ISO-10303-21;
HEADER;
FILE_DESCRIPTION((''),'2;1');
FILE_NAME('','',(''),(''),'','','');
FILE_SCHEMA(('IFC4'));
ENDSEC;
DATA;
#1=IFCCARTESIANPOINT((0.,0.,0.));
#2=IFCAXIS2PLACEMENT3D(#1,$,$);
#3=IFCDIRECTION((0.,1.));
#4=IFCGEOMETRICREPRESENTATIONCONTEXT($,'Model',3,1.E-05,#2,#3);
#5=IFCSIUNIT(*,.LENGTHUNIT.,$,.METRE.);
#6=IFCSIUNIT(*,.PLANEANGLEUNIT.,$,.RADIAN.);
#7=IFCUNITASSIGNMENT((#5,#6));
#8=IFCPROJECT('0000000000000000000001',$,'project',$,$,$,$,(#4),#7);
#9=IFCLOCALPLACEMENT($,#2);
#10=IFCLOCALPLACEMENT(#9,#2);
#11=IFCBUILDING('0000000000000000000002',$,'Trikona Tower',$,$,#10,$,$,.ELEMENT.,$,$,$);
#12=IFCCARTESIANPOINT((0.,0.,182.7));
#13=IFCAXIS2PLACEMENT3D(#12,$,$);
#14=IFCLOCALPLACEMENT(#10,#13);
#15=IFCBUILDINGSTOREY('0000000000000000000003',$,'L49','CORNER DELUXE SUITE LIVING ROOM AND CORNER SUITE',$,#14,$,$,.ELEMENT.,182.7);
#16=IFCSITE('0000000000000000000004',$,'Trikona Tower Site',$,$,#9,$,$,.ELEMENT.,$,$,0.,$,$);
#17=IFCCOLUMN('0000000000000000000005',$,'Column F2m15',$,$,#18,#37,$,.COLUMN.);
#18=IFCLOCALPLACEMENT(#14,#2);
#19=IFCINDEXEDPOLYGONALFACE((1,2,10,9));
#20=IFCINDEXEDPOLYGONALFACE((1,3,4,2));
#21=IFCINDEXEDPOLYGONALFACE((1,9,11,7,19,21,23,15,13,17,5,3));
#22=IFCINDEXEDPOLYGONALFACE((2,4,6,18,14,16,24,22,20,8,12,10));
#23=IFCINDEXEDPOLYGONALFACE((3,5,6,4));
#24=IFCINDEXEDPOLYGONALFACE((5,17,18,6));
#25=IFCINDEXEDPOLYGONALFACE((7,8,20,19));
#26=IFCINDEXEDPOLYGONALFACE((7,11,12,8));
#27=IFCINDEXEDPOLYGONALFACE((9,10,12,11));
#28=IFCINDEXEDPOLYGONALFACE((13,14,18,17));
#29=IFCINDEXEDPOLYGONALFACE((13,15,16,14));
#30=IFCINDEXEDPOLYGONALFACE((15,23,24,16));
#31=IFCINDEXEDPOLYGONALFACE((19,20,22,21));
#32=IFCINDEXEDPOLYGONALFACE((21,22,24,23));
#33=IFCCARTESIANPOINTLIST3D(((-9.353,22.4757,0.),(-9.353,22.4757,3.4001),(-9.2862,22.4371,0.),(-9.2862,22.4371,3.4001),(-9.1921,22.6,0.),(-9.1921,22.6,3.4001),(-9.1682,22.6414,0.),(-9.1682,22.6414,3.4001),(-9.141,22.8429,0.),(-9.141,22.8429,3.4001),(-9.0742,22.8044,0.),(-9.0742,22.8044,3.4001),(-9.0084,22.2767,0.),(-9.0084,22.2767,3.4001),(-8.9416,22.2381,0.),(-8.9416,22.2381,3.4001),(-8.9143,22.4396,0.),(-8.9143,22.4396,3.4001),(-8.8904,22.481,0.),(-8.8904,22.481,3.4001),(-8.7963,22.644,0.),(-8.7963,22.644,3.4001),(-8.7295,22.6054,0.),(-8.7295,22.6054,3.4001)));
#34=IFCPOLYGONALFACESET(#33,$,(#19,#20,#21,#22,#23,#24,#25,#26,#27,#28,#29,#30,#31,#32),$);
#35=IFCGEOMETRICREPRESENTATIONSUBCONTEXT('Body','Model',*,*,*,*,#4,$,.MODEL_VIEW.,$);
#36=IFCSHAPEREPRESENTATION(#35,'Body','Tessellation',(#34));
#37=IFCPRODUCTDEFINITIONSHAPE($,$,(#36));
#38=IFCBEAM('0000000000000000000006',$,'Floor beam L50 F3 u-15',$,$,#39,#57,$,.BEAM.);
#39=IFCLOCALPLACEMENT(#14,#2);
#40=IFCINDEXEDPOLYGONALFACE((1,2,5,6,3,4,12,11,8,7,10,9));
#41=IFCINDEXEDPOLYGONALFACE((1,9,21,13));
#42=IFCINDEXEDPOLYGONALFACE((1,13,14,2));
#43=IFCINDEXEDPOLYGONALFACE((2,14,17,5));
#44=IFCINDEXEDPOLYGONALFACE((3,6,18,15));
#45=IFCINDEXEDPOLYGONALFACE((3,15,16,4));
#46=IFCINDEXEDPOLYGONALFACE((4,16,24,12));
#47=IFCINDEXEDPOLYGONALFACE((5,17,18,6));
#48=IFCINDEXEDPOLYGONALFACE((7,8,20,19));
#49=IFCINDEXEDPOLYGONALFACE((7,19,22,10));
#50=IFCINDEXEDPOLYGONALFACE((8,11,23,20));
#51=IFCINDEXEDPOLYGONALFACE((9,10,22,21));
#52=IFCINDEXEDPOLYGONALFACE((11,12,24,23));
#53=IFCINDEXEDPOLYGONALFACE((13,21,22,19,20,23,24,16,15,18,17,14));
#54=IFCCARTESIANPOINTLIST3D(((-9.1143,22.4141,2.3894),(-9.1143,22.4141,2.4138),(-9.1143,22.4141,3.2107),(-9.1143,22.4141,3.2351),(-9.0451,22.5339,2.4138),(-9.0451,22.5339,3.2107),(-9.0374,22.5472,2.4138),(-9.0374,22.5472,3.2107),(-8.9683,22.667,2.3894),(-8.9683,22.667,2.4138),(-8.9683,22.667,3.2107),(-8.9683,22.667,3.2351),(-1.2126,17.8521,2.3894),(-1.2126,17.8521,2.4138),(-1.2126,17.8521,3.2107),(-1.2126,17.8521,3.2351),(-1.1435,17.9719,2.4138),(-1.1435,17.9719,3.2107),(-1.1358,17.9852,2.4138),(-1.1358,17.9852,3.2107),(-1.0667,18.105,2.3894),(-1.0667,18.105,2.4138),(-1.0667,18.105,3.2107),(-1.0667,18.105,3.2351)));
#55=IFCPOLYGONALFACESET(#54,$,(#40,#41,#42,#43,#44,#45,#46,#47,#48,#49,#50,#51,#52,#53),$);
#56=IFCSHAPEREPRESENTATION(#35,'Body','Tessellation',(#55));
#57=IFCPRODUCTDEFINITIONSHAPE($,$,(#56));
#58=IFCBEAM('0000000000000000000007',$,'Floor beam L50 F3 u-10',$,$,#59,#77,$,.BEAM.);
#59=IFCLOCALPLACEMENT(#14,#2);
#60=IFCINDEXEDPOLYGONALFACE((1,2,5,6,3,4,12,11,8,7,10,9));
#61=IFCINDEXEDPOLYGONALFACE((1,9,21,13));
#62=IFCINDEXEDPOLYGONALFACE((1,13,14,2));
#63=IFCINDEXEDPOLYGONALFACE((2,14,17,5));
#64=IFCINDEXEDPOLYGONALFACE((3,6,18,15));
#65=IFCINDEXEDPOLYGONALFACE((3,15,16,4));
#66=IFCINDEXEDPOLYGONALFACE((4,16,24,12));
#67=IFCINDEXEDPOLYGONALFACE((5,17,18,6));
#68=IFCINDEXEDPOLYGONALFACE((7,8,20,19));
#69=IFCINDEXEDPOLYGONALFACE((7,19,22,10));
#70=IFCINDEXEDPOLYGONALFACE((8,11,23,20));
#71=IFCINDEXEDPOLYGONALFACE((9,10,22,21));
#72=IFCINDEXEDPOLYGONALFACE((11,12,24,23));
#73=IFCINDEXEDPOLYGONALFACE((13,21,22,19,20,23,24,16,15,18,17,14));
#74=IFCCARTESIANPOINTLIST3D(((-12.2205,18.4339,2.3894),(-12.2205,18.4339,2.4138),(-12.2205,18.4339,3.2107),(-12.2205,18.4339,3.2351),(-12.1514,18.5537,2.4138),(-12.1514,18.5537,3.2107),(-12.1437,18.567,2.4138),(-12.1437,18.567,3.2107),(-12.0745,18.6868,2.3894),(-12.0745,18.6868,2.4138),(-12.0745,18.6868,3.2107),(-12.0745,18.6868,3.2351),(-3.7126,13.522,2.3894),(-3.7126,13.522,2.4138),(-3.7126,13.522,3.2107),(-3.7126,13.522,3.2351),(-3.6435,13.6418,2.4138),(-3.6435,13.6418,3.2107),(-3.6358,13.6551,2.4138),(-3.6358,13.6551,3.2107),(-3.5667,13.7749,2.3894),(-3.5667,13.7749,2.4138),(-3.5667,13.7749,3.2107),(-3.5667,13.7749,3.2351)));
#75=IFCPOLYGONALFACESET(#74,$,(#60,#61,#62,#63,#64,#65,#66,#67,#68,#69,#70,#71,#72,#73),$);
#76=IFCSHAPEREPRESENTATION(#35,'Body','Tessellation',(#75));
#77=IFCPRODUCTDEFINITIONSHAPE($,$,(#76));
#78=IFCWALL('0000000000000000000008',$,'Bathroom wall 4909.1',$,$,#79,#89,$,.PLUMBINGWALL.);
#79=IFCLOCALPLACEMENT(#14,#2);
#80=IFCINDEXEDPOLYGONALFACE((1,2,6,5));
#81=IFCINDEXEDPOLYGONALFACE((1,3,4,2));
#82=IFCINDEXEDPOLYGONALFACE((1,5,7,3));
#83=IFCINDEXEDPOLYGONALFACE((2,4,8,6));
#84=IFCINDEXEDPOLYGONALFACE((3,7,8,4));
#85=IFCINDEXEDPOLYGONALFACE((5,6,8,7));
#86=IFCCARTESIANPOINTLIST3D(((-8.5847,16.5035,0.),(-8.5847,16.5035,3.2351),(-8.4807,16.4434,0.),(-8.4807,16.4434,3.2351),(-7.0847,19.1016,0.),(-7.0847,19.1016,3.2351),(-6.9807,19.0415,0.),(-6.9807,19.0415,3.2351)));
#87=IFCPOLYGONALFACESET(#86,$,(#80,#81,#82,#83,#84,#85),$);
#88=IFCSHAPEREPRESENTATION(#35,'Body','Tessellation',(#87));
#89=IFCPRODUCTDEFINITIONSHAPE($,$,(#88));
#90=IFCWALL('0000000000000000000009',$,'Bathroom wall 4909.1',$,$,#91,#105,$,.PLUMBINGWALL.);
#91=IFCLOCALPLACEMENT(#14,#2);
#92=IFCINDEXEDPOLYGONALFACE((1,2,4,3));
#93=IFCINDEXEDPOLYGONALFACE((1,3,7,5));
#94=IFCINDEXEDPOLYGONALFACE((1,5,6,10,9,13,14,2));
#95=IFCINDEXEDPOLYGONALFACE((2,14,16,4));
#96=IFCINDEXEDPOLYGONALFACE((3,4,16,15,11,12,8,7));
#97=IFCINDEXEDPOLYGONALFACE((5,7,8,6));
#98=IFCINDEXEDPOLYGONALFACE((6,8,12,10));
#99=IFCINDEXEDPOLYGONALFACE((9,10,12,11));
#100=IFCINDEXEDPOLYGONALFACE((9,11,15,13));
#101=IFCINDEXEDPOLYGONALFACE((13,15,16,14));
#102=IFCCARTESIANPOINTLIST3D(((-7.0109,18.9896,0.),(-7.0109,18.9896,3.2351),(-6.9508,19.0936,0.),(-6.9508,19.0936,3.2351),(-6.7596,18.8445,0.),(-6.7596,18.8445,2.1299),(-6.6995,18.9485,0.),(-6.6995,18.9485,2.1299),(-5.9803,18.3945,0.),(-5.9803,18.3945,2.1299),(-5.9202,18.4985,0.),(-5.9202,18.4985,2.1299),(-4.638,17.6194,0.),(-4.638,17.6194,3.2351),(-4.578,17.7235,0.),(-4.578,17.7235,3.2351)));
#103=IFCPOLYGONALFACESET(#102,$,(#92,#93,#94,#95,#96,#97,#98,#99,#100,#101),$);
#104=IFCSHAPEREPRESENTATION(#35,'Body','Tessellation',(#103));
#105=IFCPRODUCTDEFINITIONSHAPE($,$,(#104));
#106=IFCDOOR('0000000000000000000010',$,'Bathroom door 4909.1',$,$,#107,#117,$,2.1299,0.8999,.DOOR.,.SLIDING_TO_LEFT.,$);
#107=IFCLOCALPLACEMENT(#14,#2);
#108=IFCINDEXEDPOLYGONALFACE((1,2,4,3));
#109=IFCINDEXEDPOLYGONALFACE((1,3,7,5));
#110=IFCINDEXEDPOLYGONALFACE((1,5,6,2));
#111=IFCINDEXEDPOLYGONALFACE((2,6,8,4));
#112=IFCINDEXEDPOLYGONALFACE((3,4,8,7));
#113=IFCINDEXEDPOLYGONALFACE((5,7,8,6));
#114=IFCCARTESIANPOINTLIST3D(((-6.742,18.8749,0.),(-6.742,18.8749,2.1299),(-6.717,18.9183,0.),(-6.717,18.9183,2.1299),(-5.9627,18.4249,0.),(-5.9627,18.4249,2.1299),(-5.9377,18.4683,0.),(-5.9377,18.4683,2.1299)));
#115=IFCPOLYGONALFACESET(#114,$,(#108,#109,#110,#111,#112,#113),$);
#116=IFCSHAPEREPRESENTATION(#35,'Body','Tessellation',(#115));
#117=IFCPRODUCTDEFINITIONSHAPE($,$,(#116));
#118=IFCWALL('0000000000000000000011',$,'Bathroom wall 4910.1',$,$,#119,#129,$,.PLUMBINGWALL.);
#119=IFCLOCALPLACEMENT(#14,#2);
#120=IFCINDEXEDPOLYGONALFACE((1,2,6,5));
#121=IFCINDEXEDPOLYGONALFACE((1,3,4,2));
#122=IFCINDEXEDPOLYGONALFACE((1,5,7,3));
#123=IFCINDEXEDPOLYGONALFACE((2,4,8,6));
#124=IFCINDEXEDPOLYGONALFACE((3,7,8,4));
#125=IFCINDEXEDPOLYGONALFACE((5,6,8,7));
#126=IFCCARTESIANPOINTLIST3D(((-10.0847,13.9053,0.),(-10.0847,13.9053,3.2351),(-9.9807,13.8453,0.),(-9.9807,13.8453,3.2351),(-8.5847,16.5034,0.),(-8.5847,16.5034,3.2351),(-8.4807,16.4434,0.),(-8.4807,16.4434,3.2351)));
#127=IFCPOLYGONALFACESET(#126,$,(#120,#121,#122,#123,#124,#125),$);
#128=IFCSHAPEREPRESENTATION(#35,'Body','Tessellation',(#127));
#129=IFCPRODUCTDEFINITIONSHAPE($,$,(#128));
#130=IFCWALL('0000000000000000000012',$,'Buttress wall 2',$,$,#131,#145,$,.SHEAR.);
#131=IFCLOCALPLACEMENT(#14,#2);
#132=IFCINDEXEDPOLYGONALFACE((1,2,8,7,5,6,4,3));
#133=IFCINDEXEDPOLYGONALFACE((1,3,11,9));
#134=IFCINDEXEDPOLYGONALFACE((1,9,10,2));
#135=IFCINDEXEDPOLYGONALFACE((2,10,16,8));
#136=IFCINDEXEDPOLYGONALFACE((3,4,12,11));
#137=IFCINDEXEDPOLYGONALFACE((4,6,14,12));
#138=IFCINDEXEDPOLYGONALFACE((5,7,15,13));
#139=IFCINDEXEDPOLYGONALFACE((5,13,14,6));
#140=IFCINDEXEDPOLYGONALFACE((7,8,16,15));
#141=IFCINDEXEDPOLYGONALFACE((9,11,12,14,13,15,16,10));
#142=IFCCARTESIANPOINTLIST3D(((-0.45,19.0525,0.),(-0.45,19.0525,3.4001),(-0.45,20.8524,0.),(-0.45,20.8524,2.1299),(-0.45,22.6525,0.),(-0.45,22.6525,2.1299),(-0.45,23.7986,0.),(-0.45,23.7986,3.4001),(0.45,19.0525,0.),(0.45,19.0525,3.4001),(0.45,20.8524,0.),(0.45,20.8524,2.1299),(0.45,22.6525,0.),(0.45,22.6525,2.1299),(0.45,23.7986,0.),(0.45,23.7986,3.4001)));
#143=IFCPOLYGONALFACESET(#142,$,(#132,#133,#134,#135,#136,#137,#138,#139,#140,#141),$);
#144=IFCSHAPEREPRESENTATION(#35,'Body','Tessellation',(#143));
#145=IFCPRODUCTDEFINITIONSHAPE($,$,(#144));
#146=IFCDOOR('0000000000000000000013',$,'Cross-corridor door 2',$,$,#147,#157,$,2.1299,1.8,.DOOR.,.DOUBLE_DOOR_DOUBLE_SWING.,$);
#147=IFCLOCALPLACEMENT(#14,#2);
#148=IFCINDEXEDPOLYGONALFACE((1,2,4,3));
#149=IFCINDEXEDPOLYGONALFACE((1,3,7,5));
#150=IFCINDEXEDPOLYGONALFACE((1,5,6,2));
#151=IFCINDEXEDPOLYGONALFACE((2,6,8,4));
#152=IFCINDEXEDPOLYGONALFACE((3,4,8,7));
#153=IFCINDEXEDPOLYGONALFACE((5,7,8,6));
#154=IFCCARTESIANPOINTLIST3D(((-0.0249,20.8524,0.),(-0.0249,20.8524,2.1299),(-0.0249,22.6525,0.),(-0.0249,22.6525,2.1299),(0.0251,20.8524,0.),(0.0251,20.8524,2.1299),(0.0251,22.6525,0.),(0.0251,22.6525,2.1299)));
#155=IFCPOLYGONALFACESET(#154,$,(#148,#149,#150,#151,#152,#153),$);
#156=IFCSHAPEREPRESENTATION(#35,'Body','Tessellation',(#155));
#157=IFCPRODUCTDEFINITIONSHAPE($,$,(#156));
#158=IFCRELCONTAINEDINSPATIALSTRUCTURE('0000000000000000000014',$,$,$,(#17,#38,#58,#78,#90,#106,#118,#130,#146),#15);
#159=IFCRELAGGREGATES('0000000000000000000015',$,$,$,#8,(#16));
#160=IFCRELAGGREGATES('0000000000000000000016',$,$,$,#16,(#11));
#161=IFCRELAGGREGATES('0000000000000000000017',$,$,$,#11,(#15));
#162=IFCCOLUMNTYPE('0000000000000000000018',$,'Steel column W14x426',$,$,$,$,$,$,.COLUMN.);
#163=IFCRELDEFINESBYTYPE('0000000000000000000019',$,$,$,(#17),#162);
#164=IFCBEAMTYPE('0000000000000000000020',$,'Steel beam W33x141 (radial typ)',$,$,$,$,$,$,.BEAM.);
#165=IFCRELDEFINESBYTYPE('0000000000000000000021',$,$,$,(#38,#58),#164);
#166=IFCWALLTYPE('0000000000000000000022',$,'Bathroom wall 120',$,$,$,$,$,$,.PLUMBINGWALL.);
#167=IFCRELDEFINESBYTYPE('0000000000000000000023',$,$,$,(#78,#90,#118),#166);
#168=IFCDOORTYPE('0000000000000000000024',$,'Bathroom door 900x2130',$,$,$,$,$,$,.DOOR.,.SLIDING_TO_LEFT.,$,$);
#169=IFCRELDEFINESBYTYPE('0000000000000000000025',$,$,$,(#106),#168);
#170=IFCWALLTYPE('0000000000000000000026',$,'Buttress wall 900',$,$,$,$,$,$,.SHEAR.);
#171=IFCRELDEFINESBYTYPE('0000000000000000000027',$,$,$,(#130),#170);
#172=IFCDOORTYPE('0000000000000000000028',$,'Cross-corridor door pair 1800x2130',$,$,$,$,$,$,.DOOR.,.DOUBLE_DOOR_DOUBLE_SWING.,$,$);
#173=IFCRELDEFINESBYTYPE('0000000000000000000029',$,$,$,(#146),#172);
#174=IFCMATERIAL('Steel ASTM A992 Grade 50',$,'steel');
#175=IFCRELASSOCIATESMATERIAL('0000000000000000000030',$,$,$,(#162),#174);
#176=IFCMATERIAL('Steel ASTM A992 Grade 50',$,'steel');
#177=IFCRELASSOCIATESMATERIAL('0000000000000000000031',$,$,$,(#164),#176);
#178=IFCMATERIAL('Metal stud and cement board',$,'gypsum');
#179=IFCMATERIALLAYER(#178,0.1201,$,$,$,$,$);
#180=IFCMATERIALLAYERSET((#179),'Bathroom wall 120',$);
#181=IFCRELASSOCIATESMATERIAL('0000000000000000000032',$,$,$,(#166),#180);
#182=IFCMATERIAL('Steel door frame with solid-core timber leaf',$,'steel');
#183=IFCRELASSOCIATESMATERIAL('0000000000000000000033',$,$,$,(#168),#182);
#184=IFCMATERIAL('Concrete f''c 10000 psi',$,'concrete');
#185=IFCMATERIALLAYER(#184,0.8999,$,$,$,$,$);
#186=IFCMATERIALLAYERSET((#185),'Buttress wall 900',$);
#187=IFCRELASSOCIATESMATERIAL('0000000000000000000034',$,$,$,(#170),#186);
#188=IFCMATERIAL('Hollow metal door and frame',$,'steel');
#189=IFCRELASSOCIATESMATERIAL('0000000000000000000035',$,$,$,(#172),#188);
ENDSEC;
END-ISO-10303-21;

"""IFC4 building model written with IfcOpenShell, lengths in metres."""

from ifc_helpers import new_model, si_unit, direction, frame, frame_2d, origin, origin_2d, place, context, subcontext, project, spatial, rectangle, i_section, extrude, material, layer, layer_set, material_profile, profile_set, type_object, element, fill, save


model = new_model("IFC4")

# Units and contexts
model_context = context("Model", 3, precision=1e-05, world=origin(), true_north=direction((0.0, 1.0)))
body_context = subcontext(model_context, "Body", "Model", "MODEL_VIEW")
ifc_project = project(units=[si_unit("LENGTHUNIT", "METRE"), si_unit("PLANEANGLEUNIT", "RADIAN")], contexts=[model_context])

# Site, building, storey
site_placement = place(None, origin())
site = spatial("IfcSite", under=ifc_project, at=site_placement, Name="Trikona Tower Site", CompositionType="ELEMENT", RefElevation=0.0)
building_placement = place(site_placement, origin())
building = spatial("IfcBuilding", under=site, at=building_placement, Name="Trikona Tower", CompositionType="ELEMENT")
storey_placement = place(building_placement, frame((0.0, 0.0, 182.7)))
storey = spatial("IfcBuildingStorey", under=building, at=storey_placement, Name="L49", Description="CORNER DELUXE SUITE LIVING ROOM AND CORNER SUITE", CompositionType="ELEMENT", Elevation=182.7)

# Column
ifc_material_1 = material(Name="Steel ASTM A992 Grade 50", Category="steel")
ifc_material_profile_1 = material_profile(ifc_material_1, i_section(OverallWidth=0.4241, OverallDepth=0.4751, WebThickness=0.0479, FlangeThickness=0.0771, at=origin_2d()), Name="W14X426")
ifc_profile_set_1 = profile_set([ifc_material_profile_1], Name="Steel ASTM A992 Grade 50")
column_type = type_object("IfcColumnType", Name="Steel column W14x426", PredefinedType="COLUMN", material=ifc_profile_set_1)
column_placement = place(storey_placement, frame((-9.0413, 22.5405, 0.0), z_axis=(0.0, 0.0, 1.0), x_axis=(-0.5, -0.866025, 0.0)))
element("IfcColumn", 1, at=column_placement, inside=storey, type_object=column_type, Name="Column F2m15", PredefinedType="COLUMN", context=body_context, shape_type="SweptSolid", body=[
    extrude(i_section(OverallWidth=0.4241, OverallDepth=0.4751, WebThickness=0.0479, FlangeThickness=0.0771, at=origin_2d()), origin(), (0.0, 0.0, 1.0), 3.4001),
])

# Beams
ifc_material_2 = material(Name="Steel ASTM A992 Grade 50", Category="steel")
ifc_material_profile_2 = material_profile(ifc_material_2, i_section(OverallWidth=0.292, OverallDepth=0.8457, WebThickness=0.0154, FlangeThickness=0.0244, at=origin_2d()), Name="W33X141")
ifc_profile_set_2 = profile_set([ifc_material_profile_2], Name="Steel ASTM A992 Grade 50")
beam_type = type_object("IfcBeamType", Name="Steel beam W33x141 (radial typ)", PredefinedType="BEAM", material=ifc_profile_set_2)
beam_1_placement = place(storey_placement, frame((-1.1396, 17.9785, 2.8123), z_axis=(-0.866025, 0.500001, 0.0), x_axis=(-0.500001, -0.866025, 0.0)))
element("IfcBeam", 2, at=beam_1_placement, inside=storey, type_object=beam_type, Name="Floor beam L50 F3 u-15", PredefinedType="BEAM", context=body_context, shape_type="SweptSolid", body=[
    extrude(i_section(OverallWidth=0.292, OverallDepth=0.8457, WebThickness=0.0154, FlangeThickness=0.0244, at=origin_2d()), origin(), (0.0, 0.0, 1.0), 9.124),
])
beam_2_placement = place(storey_placement, frame((-3.6396, 13.6484, 2.8123), z_axis=(-0.866031, 0.499991, 0.0), x_axis=(-0.499991, -0.866031, 0.0)))
element("IfcBeam", 3, at=beam_2_placement, inside=storey, type_object=beam_type, Name="Floor beam L50 F3 u-10", PredefinedType="BEAM", context=body_context, shape_type="SweptSolid", body=[
    extrude(i_section(OverallWidth=0.292, OverallDepth=0.8457, WebThickness=0.0154, FlangeThickness=0.0244, at=origin_2d()), origin(), (0.0, 0.0, 1.0), 9.824),
])

# Wall
ifc_material_3 = material(Name="Metal stud and cement board", Category="gypsum")
ifc_layer_1 = layer(ifc_material_3, 0.1201)
ifc_layer_set_1 = layer_set([ifc_layer_1], Name="Bathroom wall 120")
wall_type_1 = type_object("IfcWallType", Name="Bathroom wall 120", PredefinedType="PLUMBINGWALL", material=ifc_layer_set_1)
wall_1_placement = place(storey_placement, frame((-7.0327, 19.0715, 0.0), z_axis=(0.0, 0.0, 1.0), x_axis=(-0.49999, -0.866031, 0.0)))
element("IfcWall", 4, at=wall_1_placement, inside=storey, type_object=wall_type_1, Name="Bathroom wall 4909.1", PredefinedType="PLUMBINGWALL", context=body_context, shape_type="SweptSolid", body=[
    extrude(rectangle(XDim=3.0, YDim=0.1201, at=frame_2d((1.5, 0.0))), origin(), (0.0, 0.0, 1.0), 3.2351),
])

# Wall, opening, door
wall_2_placement = place(storey_placement, frame((-4.6079, 17.6714, 0.0), z_axis=(0.0, 0.0, 1.0), x_axis=(-0.865997, 0.500049, 0.0)))
wall_2 = element("IfcWall", 5, at=wall_2_placement, inside=storey, type_object=wall_type_1, Name="Bathroom wall 4909.1", PredefinedType="PLUMBINGWALL", context=body_context, shape_type="SweptSolid", body=[
    extrude(rectangle(XDim=2.74, YDim=0.1201, at=frame_2d((1.3701, 0.0))), origin(), (0.0, 0.0, 1.0), 3.2351),
])
opening_1_placement = place(wall_2_placement, frame((1.55, 0.0, 0.0)))
opening_1 = element("IfcOpeningElement", 6, at=opening_1_placement, cuts=wall_2, PredefinedType="OPENING", context=body_context, shape_type="SweptSolid", body=[
    extrude(rectangle(XDim=0.8999, YDim=2.1299, at=frame_2d((0.45, 1.0649))), frame((0.0, 0.0701, 0.0), z_axis=(0.0, -1.0, 0.0), x_axis=(1.0, 0.0, 0.0)), (0.0, 0.0, 1.0), 0.1401),
])
ifc_material_4 = material(Name="Steel door frame with solid-core timber leaf", Category="steel")
door_type_1 = type_object("IfcDoorType", Name="Bathroom door 900x2130", OperationType="SLIDING_TO_LEFT", PredefinedType="DOOR", material=ifc_material_4)
door_1_placement = place(opening_1_placement, origin())
door_1 = element("IfcDoor", 7, at=door_1_placement, inside=storey, type_object=door_type_1, Name="Bathroom door 4909.1", OperationType="SLIDING_TO_LEFT", OverallHeight=2.1299, OverallWidth=0.8999, PredefinedType="DOOR", context=body_context, shape_type="SweptSolid", body=[
    extrude(rectangle(XDim=0.8999, YDim=2.1299, at=frame_2d((0.45, 1.0649))), frame((0.0, 0.0249, 0.0), z_axis=(0.0, -1.0, 0.0), x_axis=(1.0, 0.0, 0.0)), (0.0, 0.0, 1.0), 0.05),
])
fill(opening_1, door_1)

# Wall
wall_3_placement = place(storey_placement, frame((-8.5327, 16.4734, 0.0), z_axis=(0.0, 0.0, 1.0), x_axis=(-0.49999, -0.866031, 0.0)))
element("IfcWall", 8, at=wall_3_placement, inside=storey, type_object=wall_type_1, Name="Bathroom wall 4910.1", PredefinedType="PLUMBINGWALL", context=body_context, shape_type="SweptSolid", body=[
    extrude(rectangle(XDim=3.0, YDim=0.1201, at=frame_2d((1.5, 0.0))), origin(), (0.0, 0.0, 1.0), 3.2351),
])

# Wall, opening, door
ifc_material_5 = material(Name="Concrete f'c 10000 psi", Category="concrete")
ifc_layer_2 = layer(ifc_material_5, 0.8999)
ifc_layer_set_2 = layer_set([ifc_layer_2], Name="Buttress wall 900")
wall_type_2 = type_object("IfcWallType", Name="Buttress wall 900", PredefinedType="SHEAR", material=ifc_layer_set_2)
wall_4_placement = place(storey_placement, frame((0.0, 19.0525, 0.0), z_axis=(0.0, 0.0, 1.0), x_axis=(0.0, 1.0, 0.0)))
wall_4 = element("IfcWall", 9, at=wall_4_placement, inside=storey, type_object=wall_type_2, Name="Buttress wall 2", PredefinedType="SHEAR", context=body_context, shape_type="SweptSolid", body=[
    extrude(rectangle(XDim=4.7461, YDim=0.8999, at=frame_2d((2.373, 0.0))), origin(), (0.0, 0.0, 1.0), 3.4001),
])
opening_2_placement = place(wall_4_placement, frame((1.8, 0.0, 0.0)))
opening_2 = element("IfcOpeningElement", 10, at=opening_2_placement, cuts=wall_4, PredefinedType="OPENING", context=body_context, shape_type="SweptSolid", body=[
    extrude(rectangle(XDim=1.8, YDim=2.1299, at=frame_2d((0.8999, 1.0649))), frame((0.0, 0.46, 0.0), z_axis=(0.0, -1.0, 0.0), x_axis=(1.0, 0.0, 0.0)), (0.0, 0.0, 1.0), 0.9199),
])
ifc_material_6 = material(Name="Hollow metal door and frame", Category="steel")
door_type_2 = type_object("IfcDoorType", Name="Cross-corridor door pair 1800x2130", OperationType="DOUBLE_DOOR_DOUBLE_SWING", PredefinedType="DOOR", material=ifc_material_6)
door_2_placement = place(opening_2_placement, origin())
door_2 = element("IfcDoor", 11, at=door_2_placement, inside=storey, type_object=door_type_2, Name="Cross-corridor door 2", OperationType="DOUBLE_DOOR_DOUBLE_SWING", OverallHeight=2.1299, OverallWidth=1.8, PredefinedType="DOOR", context=body_context, shape_type="SweptSolid", body=[
    extrude(rectangle(XDim=1.8, YDim=2.1299, at=frame_2d((0.8999, 1.0649))), frame((0.0, 0.0249, 0.0), z_axis=(0.0, -1.0, 0.0), x_axis=(1.0, 0.0, 0.0)), (0.0, 0.0, 1.0), 0.05),
])
fill(opening_2, door_2)

save(model, "model.ifc")
